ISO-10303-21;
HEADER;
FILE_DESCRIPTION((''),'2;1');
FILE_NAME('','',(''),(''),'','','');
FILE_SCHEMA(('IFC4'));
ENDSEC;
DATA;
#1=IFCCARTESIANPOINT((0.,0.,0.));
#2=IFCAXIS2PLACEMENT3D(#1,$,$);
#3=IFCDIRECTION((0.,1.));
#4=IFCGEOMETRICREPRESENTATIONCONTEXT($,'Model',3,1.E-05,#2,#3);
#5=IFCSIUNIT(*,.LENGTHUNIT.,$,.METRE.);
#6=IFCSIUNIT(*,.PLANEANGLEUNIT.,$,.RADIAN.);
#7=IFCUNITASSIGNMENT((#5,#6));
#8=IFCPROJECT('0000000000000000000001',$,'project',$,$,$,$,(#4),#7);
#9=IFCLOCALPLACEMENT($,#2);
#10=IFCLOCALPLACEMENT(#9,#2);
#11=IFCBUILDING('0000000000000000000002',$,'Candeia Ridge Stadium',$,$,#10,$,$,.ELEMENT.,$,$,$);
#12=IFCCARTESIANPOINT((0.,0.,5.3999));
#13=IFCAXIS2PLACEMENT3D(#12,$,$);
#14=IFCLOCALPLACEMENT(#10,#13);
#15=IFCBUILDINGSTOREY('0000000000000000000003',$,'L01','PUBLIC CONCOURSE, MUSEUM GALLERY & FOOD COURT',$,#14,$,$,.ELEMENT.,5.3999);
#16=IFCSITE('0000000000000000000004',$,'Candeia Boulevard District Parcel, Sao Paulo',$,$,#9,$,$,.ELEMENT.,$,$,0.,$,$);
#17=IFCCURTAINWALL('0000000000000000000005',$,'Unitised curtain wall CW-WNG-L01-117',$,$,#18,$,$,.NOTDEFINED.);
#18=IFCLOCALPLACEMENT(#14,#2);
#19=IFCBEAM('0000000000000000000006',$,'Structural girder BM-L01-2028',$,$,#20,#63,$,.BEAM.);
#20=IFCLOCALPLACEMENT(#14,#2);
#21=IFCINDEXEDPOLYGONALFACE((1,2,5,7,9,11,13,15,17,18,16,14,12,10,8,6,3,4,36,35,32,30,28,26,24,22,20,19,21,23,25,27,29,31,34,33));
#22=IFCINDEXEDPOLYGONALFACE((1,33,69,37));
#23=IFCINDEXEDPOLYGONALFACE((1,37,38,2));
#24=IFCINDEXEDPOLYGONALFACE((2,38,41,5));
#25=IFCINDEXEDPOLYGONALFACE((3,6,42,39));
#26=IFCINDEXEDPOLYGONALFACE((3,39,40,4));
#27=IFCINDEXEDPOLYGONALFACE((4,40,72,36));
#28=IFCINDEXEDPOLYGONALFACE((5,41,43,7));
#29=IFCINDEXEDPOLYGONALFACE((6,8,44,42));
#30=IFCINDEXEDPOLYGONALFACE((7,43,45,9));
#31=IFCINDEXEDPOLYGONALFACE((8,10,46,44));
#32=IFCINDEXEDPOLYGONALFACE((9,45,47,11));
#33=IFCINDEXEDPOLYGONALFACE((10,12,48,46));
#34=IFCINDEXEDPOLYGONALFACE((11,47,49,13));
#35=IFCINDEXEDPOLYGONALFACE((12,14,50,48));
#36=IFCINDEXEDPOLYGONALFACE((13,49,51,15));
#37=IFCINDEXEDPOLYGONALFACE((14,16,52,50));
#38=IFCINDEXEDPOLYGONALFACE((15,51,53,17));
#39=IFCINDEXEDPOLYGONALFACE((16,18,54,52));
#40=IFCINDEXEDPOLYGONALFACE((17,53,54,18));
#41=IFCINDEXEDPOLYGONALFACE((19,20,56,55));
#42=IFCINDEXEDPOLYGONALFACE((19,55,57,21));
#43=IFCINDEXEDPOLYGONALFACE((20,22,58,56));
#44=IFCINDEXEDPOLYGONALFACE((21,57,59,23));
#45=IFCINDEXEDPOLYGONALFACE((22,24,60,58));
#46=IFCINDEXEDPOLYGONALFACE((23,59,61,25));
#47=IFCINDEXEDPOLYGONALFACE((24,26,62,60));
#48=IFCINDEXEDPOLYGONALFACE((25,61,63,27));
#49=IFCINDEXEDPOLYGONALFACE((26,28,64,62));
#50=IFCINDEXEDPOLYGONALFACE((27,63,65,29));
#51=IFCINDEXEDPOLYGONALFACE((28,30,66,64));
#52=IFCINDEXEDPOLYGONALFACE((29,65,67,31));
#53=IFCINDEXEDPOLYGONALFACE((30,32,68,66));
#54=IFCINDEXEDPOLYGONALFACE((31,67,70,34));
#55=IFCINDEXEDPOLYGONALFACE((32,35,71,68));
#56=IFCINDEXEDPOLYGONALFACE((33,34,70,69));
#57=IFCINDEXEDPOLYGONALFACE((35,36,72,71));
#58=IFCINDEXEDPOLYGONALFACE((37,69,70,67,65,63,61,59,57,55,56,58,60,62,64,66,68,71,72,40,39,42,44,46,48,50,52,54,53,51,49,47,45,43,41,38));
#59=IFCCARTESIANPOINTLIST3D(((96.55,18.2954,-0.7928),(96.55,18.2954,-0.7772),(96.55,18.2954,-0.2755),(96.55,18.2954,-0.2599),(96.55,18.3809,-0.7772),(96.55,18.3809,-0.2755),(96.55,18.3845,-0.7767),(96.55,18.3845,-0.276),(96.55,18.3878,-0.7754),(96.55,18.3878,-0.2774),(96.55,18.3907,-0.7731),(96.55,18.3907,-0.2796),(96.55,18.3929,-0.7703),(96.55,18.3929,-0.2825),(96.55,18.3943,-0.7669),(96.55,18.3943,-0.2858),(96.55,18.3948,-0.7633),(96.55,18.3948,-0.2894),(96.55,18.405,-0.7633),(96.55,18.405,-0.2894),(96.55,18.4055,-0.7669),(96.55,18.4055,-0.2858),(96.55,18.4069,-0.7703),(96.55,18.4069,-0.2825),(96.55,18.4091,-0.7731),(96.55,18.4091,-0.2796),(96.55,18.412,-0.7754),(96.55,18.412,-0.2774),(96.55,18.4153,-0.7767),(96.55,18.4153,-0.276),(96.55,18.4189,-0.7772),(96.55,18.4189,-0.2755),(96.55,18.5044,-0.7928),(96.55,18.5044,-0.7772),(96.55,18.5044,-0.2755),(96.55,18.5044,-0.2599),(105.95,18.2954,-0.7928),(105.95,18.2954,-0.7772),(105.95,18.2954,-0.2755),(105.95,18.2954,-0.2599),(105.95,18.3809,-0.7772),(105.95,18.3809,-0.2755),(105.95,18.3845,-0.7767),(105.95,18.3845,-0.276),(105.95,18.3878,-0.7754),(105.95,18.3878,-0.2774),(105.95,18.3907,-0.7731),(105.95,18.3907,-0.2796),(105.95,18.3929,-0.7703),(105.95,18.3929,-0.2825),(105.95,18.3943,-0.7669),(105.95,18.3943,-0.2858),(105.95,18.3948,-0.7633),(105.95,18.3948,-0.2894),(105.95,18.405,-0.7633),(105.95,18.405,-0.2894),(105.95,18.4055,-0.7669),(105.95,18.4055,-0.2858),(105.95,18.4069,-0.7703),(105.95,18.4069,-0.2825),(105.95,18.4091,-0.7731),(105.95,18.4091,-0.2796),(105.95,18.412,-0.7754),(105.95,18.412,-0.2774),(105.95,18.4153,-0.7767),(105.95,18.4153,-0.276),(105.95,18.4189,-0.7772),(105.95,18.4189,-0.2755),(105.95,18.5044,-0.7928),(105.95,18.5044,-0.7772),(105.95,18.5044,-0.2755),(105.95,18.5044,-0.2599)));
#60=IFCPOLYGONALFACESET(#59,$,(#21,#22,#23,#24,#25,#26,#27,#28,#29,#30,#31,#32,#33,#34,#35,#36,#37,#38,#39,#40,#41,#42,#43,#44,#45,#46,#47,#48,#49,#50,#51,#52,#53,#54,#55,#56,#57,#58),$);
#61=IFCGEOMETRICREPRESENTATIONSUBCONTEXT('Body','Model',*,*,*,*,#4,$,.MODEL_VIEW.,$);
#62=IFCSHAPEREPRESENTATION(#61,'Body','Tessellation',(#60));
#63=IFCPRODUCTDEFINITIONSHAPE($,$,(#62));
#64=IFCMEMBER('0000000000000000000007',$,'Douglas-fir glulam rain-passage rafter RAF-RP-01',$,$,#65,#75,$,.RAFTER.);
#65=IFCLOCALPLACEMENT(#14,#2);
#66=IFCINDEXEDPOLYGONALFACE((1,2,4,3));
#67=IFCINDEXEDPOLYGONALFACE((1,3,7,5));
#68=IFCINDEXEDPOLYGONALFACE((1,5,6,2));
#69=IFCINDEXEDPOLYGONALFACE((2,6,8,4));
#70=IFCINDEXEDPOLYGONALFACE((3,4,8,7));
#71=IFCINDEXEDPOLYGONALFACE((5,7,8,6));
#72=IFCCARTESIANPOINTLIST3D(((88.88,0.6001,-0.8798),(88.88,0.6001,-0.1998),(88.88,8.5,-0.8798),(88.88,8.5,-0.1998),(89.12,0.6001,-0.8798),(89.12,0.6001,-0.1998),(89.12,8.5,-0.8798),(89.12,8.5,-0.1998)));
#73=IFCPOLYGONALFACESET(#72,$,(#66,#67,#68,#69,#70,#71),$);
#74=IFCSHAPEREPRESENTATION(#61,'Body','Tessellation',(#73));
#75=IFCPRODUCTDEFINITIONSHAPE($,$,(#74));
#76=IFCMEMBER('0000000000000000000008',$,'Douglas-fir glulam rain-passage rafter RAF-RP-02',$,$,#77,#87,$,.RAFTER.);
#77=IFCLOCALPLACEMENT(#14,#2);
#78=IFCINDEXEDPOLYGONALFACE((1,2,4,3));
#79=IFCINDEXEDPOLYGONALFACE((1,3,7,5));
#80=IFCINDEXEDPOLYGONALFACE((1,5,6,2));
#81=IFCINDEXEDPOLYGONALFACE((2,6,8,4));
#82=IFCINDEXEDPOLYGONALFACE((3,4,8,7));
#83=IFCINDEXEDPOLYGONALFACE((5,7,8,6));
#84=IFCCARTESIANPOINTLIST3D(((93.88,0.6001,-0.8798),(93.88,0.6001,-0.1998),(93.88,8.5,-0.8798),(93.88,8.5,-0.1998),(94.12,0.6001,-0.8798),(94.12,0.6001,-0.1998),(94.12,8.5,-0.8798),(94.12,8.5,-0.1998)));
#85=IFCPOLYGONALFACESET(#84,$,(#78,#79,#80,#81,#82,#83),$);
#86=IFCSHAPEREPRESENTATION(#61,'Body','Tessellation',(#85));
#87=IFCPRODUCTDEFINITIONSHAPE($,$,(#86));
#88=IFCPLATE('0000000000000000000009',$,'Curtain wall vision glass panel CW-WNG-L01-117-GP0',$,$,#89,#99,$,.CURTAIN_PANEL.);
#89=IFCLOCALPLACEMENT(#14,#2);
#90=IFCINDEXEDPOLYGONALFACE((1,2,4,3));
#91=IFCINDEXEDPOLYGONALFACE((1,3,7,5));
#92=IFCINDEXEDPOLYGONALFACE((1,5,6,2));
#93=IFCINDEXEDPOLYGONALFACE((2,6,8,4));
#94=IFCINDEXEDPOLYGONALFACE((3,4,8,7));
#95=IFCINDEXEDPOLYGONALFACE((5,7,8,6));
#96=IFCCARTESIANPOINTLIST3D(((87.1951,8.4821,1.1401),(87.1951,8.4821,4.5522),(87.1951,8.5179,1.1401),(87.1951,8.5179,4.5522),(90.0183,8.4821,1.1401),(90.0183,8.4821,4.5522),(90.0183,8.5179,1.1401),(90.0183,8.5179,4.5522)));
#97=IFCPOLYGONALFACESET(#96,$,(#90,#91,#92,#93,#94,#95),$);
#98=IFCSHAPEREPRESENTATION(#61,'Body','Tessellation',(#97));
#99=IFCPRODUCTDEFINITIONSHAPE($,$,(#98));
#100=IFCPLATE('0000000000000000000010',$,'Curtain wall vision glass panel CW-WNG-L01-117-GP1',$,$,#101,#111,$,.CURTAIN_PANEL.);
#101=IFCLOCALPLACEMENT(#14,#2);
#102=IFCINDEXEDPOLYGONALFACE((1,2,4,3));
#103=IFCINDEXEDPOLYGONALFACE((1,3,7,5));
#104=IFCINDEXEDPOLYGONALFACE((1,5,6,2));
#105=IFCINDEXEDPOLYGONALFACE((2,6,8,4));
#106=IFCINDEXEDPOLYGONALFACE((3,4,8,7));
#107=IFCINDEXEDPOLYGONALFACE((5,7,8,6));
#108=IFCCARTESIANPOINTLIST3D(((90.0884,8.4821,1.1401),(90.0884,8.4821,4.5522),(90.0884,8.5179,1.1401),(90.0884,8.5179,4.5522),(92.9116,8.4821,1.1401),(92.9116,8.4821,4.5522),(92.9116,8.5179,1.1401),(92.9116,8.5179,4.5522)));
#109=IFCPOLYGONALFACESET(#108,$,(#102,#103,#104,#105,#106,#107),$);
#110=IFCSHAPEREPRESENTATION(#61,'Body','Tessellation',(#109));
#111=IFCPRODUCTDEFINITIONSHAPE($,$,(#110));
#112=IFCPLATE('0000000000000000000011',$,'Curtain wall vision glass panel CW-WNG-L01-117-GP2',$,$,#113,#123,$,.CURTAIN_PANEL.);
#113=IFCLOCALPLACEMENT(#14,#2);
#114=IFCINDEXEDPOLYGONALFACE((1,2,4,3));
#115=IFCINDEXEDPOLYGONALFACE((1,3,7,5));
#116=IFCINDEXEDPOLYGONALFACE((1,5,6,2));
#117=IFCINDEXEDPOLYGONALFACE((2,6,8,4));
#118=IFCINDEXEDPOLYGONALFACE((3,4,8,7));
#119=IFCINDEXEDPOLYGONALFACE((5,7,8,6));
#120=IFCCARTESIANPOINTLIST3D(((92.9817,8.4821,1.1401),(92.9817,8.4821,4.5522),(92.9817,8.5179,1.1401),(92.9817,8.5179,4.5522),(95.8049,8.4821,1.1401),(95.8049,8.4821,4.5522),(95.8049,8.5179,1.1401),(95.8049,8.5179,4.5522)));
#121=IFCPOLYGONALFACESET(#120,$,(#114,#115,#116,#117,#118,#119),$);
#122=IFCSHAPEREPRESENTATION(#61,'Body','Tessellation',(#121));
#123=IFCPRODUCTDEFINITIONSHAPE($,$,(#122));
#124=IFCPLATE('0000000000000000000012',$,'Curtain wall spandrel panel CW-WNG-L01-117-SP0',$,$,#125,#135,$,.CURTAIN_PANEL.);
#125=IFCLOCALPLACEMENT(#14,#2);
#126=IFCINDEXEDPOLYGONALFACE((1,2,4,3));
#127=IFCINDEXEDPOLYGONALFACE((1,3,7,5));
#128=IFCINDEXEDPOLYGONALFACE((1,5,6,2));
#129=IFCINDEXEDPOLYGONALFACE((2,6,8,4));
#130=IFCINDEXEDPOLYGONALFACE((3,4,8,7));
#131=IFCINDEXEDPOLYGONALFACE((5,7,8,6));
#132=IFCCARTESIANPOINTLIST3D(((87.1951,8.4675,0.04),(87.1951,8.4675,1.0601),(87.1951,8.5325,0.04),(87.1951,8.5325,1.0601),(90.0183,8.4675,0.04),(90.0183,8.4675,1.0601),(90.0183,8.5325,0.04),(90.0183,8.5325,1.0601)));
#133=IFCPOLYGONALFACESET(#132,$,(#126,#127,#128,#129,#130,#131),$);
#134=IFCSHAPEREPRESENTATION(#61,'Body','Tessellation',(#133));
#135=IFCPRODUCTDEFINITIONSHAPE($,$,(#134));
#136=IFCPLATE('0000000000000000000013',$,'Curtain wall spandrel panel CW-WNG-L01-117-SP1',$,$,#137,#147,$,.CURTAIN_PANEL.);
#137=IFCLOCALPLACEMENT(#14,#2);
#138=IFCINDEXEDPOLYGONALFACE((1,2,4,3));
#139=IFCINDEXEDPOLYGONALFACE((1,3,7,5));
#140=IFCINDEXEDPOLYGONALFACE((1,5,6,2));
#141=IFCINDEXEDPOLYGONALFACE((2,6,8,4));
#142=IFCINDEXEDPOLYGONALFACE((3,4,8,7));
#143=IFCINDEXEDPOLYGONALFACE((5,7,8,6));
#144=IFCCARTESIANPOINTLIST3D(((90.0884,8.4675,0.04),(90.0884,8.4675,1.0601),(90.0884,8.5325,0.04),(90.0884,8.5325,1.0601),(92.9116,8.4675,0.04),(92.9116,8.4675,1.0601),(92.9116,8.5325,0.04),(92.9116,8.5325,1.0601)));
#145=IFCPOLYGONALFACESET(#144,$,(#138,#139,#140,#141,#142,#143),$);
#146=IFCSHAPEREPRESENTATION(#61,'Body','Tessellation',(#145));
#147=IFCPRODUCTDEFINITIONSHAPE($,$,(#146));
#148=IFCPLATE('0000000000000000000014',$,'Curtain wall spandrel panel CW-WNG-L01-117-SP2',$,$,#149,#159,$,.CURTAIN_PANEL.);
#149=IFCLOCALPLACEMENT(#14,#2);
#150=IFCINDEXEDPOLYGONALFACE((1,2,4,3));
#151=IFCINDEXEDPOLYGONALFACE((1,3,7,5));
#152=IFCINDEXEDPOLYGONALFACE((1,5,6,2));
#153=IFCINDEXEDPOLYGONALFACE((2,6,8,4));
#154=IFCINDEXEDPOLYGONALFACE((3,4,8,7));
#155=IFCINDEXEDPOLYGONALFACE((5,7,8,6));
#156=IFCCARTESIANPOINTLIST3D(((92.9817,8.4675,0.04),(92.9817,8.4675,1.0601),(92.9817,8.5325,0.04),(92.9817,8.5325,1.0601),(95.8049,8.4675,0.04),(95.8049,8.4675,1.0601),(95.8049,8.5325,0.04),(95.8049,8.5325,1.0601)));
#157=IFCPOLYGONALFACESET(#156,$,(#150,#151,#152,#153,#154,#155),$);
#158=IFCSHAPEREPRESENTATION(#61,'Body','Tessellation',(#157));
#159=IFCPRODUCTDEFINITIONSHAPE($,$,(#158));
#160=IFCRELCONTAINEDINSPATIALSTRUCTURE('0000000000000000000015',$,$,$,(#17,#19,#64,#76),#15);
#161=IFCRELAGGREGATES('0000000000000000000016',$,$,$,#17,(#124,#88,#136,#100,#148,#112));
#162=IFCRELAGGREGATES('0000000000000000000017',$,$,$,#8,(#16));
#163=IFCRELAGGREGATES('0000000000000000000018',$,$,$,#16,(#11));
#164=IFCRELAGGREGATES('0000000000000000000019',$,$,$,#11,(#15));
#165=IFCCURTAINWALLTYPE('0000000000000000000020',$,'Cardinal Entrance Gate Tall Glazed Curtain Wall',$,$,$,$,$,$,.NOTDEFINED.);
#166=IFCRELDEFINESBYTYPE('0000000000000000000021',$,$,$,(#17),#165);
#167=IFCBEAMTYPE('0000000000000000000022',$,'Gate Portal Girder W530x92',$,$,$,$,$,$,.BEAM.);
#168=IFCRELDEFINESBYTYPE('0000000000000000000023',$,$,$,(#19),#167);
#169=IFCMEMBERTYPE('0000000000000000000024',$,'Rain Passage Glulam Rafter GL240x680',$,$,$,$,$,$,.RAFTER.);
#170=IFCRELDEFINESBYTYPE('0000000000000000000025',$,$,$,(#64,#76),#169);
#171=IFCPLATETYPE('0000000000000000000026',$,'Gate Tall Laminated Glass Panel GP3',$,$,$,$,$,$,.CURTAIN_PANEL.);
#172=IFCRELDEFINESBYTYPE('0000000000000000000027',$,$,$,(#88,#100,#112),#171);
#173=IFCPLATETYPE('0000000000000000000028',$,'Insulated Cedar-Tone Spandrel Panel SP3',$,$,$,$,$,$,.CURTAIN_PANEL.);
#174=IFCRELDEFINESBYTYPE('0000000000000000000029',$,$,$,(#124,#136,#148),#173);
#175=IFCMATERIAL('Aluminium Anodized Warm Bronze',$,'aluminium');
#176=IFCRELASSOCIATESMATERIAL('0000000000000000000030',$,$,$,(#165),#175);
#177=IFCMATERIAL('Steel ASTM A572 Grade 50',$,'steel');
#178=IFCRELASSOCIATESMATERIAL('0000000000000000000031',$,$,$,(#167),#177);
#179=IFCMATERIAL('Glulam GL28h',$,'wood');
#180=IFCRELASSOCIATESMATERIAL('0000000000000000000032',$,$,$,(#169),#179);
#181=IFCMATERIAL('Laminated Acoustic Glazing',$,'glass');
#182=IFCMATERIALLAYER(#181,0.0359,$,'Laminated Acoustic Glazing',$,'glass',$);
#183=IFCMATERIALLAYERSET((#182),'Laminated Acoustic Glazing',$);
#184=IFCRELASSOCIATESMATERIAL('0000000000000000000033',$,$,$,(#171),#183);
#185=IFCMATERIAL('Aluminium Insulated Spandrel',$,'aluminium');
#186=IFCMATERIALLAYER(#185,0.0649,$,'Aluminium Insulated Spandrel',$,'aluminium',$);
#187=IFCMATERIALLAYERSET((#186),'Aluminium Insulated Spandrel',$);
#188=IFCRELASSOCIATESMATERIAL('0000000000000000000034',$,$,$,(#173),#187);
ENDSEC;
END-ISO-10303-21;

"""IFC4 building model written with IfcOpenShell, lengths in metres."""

from ifc_helpers import new_model, si_unit, direction, frame, origin, origin_2d, place, context, subcontext, project, spatial, rectangle, i_section, extrude, material, layer, layer_set, material_profile, profile_set, type_object, element, aggregate, save


model = new_model("IFC4")

# Units and contexts
model_context = context("Model", 3, precision=1e-05, world=origin(), true_north=direction((0.0, 1.0)))
body_context = subcontext(model_context, "Body", "Model", "MODEL_VIEW")
ifc_project = project(units=[si_unit("LENGTHUNIT", "METRE"), si_unit("PLANEANGLEUNIT", "RADIAN")], contexts=[model_context])

# Site, building, storey
site_placement = place(None, origin())
site = spatial("IfcSite", under=ifc_project, at=site_placement, Name="Candeia Boulevard District Parcel, Sao Paulo", CompositionType="ELEMENT", RefElevation=0.0)
building_placement = place(site_placement, origin())
building = spatial("IfcBuilding", under=site, at=building_placement, Name="Candeia Ridge Stadium", CompositionType="ELEMENT")
storey_placement = place(building_placement, frame((0.0, 0.0, 5.3999)))
storey = spatial("IfcBuildingStorey", under=building, at=storey_placement, Name="L01", Description="PUBLIC CONCOURSE, MUSEUM GALLERY & FOOD COURT", CompositionType="ELEMENT", Elevation=5.3999)

# Shared definitions
ifc_material_1 = material(Name="Steel ASTM A572 Grade 50", Category="steel")

# Curtain wall
ifc_material_2 = material(Name="Aluminium Anodized Warm Bronze", Category="aluminium")
curtain_wall_type = type_object("IfcCurtainWallType", Name="Cardinal Entrance Gate Tall Glazed Curtain Wall", PredefinedType="NOTDEFINED", material=ifc_material_2)
curtain_wall_placement = place(storey_placement, origin())
curtain_wall = element("IfcCurtainWall", 1, at=curtain_wall_placement, inside=storey, type_object=curtain_wall_type, Name="Unitised curtain wall CW-WNG-L01-117", PredefinedType="NOTDEFINED")

# Beam
ifc_material_profile_1 = material_profile(ifc_material_1, i_section(OverallWidth=0.209, OverallDepth=0.533, WebThickness=0.0103, FlangeThickness=0.0156, FilletRadius=0.0139, at=origin_2d()), Name="W530x92", Category="steel")
ifc_profile_set_1 = profile_set([ifc_material_profile_1], Name="Steel ASTM A572 Grade 50")
beam_type_1 = type_object("IfcBeamType", Name="Gate Portal Girder W530x92", PredefinedType="BEAM", material=ifc_profile_set_1)
for number, where, z_axis, x_axis, name in (
    (2, (96.55, 18.3999, -0.5264), (1.0, 0.0, 0.0), (0.0, 1.0, 0.0), "Structural girder BM-L01-2028"),
):
    element("IfcBeam", number, at=place(storey_placement, frame(where, z_axis=z_axis, x_axis=x_axis)), inside=storey, type_object=beam_type_1, Name=name, PredefinedType="BEAM", context=body_context, shape_type="SweptSolid", body=[
        extrude(i_section(OverallWidth=0.209, OverallDepth=0.533, WebThickness=0.0103, FlangeThickness=0.0156, FilletRadius=0.0139, at=origin_2d()), origin(), (0.0, 0.0, 1.0), 9.3999),
    ])

# Members
ifc_material_3 = material(Name="Glulam GL28h", Category="wood")
ifc_material_profile_2 = material_profile(ifc_material_3, rectangle(XDim=0.24, YDim=0.6799, at=origin_2d()), Name="GL240x680", Category="wood")
ifc_profile_set_2 = profile_set([ifc_material_profile_2], Name="Glulam GL28h")
member_type_1 = type_object("IfcMemberType", Name="Rain Passage Glulam Rafter GL240x680", PredefinedType="RAFTER", material=ifc_profile_set_2)
for number, where, z_axis, x_axis, name in (
    (3, (89.0, 0.6001, -0.5398), (0.0, 1.0, 0.0), (-1.0, 0.0, 0.0), "Douglas-fir glulam rain-passage rafter RAF-RP-01"),
    (4, (94.0, 0.6001, -0.5398), (0.0, 1.0, 0.0), (-1.0, 0.0, 0.0), "Douglas-fir glulam rain-passage rafter RAF-RP-02"),
):
    element("IfcMember", number, at=place(storey_placement, frame(where, z_axis=z_axis, x_axis=x_axis)), inside=storey, type_object=member_type_1, Name=name, PredefinedType="RAFTER", context=body_context, shape_type="SweptSolid", body=[
        extrude(rectangle(XDim=0.24, YDim=0.6799, at=origin_2d()), origin(), (0.0, 0.0, 1.0), 7.8999),
    ])

# Plates
ifc_material_4 = material(Name="Laminated Acoustic Glazing", Category="glass")
ifc_layer_1 = layer(ifc_material_4, 0.0359, Name="Laminated Acoustic Glazing", Category="glass")
ifc_layer_set_1 = layer_set([ifc_layer_1], Name="Laminated Acoustic Glazing")
plate_type_1 = type_object("IfcPlateType", Name="Gate Tall Laminated Glass Panel GP3", PredefinedType="CURTAIN_PANEL", material=ifc_layer_set_1)
plate_1_placement = place(storey_placement, frame((88.6067, 8.5, 1.1401), z_axis=(0.0, 0.0, 1.0), x_axis=(1.0, 0.0, 0.0)))
plate_1 = element("IfcPlate", 5, at=plate_1_placement, type_object=plate_type_1, Name="Curtain wall vision glass panel CW-WNG-L01-117-GP0", PredefinedType="CURTAIN_PANEL", context=body_context, shape_type="SweptSolid", body=[
    extrude(rectangle(XDim=2.8232, YDim=0.0359, at=origin_2d()), origin(), (0.0, 0.0, 1.0), 3.4121),
])
plate_2_placement = place(storey_placement, frame((91.5, 8.5, 1.1401), z_axis=(0.0, 0.0, 1.0), x_axis=(1.0, 0.0, 0.0)))
plate_2 = element("IfcPlate", 6, at=plate_2_placement, type_object=plate_type_1, Name="Curtain wall vision glass panel CW-WNG-L01-117-GP1", PredefinedType="CURTAIN_PANEL", context=body_context, shape_type="SweptSolid", body=[
    extrude(rectangle(XDim=2.8232, YDim=0.0359, at=origin_2d()), origin(), (0.0, 0.0, 1.0), 3.4121),
])
plate_3_placement = place(storey_placement, frame((94.3933, 8.5, 1.1401), z_axis=(0.0, 0.0, 1.0), x_axis=(1.0, 0.0, 0.0)))
plate_3 = element("IfcPlate", 7, at=plate_3_placement, type_object=plate_type_1, Name="Curtain wall vision glass panel CW-WNG-L01-117-GP2", PredefinedType="CURTAIN_PANEL", context=body_context, shape_type="SweptSolid", body=[
    extrude(rectangle(XDim=2.8232, YDim=0.0359, at=origin_2d()), origin(), (0.0, 0.0, 1.0), 3.4121),
])
ifc_material_5 = material(Name="Aluminium Insulated Spandrel", Category="aluminium")
ifc_layer_2 = layer(ifc_material_5, 0.0649, Name="Aluminium Insulated Spandrel", Category="aluminium")
ifc_layer_set_2 = layer_set([ifc_layer_2], Name="Aluminium Insulated Spandrel")
plate_type_2 = type_object("IfcPlateType", Name="Insulated Cedar-Tone Spandrel Panel SP3", PredefinedType="CURTAIN_PANEL", material=ifc_layer_set_2)
plate_4_placement = place(storey_placement, frame((88.6067, 8.5, 0.04), z_axis=(0.0, 0.0, 1.0), x_axis=(1.0, 0.0, 0.0)))
plate_4 = element("IfcPlate", 8, at=plate_4_placement, type_object=plate_type_2, Name="Curtain wall spandrel panel CW-WNG-L01-117-SP0", PredefinedType="CURTAIN_PANEL", context=body_context, shape_type="SweptSolid", body=[
    extrude(rectangle(XDim=2.8232, YDim=0.0649, at=origin_2d()), origin(), (0.0, 0.0, 1.0), 1.02),
])
plate_5_placement = place(storey_placement, frame((91.5, 8.5, 0.04), z_axis=(0.0, 0.0, 1.0), x_axis=(1.0, 0.0, 0.0)))
plate_5 = element("IfcPlate", 9, at=plate_5_placement, type_object=plate_type_2, Name="Curtain wall spandrel panel CW-WNG-L01-117-SP1", PredefinedType="CURTAIN_PANEL", context=body_context, shape_type="SweptSolid", body=[
    extrude(rectangle(XDim=2.8232, YDim=0.0649, at=origin_2d()), origin(), (0.0, 0.0, 1.0), 1.02),
])
plate_6_placement = place(storey_placement, frame((94.3933, 8.5, 0.04), z_axis=(0.0, 0.0, 1.0), x_axis=(1.0, 0.0, 0.0)))
plate_6 = element("IfcPlate", 10, at=plate_6_placement, type_object=plate_type_2, Name="Curtain wall spandrel panel CW-WNG-L01-117-SP2", PredefinedType="CURTAIN_PANEL", context=body_context, shape_type="SweptSolid", body=[
    extrude(rectangle(XDim=2.8232, YDim=0.0649, at=origin_2d()), origin(), (0.0, 0.0, 1.0), 1.02),
])
aggregate(curtain_wall, [plate_4, plate_1, plate_5, plate_2, plate_6, plate_3])

save(model, "model.ifc")
